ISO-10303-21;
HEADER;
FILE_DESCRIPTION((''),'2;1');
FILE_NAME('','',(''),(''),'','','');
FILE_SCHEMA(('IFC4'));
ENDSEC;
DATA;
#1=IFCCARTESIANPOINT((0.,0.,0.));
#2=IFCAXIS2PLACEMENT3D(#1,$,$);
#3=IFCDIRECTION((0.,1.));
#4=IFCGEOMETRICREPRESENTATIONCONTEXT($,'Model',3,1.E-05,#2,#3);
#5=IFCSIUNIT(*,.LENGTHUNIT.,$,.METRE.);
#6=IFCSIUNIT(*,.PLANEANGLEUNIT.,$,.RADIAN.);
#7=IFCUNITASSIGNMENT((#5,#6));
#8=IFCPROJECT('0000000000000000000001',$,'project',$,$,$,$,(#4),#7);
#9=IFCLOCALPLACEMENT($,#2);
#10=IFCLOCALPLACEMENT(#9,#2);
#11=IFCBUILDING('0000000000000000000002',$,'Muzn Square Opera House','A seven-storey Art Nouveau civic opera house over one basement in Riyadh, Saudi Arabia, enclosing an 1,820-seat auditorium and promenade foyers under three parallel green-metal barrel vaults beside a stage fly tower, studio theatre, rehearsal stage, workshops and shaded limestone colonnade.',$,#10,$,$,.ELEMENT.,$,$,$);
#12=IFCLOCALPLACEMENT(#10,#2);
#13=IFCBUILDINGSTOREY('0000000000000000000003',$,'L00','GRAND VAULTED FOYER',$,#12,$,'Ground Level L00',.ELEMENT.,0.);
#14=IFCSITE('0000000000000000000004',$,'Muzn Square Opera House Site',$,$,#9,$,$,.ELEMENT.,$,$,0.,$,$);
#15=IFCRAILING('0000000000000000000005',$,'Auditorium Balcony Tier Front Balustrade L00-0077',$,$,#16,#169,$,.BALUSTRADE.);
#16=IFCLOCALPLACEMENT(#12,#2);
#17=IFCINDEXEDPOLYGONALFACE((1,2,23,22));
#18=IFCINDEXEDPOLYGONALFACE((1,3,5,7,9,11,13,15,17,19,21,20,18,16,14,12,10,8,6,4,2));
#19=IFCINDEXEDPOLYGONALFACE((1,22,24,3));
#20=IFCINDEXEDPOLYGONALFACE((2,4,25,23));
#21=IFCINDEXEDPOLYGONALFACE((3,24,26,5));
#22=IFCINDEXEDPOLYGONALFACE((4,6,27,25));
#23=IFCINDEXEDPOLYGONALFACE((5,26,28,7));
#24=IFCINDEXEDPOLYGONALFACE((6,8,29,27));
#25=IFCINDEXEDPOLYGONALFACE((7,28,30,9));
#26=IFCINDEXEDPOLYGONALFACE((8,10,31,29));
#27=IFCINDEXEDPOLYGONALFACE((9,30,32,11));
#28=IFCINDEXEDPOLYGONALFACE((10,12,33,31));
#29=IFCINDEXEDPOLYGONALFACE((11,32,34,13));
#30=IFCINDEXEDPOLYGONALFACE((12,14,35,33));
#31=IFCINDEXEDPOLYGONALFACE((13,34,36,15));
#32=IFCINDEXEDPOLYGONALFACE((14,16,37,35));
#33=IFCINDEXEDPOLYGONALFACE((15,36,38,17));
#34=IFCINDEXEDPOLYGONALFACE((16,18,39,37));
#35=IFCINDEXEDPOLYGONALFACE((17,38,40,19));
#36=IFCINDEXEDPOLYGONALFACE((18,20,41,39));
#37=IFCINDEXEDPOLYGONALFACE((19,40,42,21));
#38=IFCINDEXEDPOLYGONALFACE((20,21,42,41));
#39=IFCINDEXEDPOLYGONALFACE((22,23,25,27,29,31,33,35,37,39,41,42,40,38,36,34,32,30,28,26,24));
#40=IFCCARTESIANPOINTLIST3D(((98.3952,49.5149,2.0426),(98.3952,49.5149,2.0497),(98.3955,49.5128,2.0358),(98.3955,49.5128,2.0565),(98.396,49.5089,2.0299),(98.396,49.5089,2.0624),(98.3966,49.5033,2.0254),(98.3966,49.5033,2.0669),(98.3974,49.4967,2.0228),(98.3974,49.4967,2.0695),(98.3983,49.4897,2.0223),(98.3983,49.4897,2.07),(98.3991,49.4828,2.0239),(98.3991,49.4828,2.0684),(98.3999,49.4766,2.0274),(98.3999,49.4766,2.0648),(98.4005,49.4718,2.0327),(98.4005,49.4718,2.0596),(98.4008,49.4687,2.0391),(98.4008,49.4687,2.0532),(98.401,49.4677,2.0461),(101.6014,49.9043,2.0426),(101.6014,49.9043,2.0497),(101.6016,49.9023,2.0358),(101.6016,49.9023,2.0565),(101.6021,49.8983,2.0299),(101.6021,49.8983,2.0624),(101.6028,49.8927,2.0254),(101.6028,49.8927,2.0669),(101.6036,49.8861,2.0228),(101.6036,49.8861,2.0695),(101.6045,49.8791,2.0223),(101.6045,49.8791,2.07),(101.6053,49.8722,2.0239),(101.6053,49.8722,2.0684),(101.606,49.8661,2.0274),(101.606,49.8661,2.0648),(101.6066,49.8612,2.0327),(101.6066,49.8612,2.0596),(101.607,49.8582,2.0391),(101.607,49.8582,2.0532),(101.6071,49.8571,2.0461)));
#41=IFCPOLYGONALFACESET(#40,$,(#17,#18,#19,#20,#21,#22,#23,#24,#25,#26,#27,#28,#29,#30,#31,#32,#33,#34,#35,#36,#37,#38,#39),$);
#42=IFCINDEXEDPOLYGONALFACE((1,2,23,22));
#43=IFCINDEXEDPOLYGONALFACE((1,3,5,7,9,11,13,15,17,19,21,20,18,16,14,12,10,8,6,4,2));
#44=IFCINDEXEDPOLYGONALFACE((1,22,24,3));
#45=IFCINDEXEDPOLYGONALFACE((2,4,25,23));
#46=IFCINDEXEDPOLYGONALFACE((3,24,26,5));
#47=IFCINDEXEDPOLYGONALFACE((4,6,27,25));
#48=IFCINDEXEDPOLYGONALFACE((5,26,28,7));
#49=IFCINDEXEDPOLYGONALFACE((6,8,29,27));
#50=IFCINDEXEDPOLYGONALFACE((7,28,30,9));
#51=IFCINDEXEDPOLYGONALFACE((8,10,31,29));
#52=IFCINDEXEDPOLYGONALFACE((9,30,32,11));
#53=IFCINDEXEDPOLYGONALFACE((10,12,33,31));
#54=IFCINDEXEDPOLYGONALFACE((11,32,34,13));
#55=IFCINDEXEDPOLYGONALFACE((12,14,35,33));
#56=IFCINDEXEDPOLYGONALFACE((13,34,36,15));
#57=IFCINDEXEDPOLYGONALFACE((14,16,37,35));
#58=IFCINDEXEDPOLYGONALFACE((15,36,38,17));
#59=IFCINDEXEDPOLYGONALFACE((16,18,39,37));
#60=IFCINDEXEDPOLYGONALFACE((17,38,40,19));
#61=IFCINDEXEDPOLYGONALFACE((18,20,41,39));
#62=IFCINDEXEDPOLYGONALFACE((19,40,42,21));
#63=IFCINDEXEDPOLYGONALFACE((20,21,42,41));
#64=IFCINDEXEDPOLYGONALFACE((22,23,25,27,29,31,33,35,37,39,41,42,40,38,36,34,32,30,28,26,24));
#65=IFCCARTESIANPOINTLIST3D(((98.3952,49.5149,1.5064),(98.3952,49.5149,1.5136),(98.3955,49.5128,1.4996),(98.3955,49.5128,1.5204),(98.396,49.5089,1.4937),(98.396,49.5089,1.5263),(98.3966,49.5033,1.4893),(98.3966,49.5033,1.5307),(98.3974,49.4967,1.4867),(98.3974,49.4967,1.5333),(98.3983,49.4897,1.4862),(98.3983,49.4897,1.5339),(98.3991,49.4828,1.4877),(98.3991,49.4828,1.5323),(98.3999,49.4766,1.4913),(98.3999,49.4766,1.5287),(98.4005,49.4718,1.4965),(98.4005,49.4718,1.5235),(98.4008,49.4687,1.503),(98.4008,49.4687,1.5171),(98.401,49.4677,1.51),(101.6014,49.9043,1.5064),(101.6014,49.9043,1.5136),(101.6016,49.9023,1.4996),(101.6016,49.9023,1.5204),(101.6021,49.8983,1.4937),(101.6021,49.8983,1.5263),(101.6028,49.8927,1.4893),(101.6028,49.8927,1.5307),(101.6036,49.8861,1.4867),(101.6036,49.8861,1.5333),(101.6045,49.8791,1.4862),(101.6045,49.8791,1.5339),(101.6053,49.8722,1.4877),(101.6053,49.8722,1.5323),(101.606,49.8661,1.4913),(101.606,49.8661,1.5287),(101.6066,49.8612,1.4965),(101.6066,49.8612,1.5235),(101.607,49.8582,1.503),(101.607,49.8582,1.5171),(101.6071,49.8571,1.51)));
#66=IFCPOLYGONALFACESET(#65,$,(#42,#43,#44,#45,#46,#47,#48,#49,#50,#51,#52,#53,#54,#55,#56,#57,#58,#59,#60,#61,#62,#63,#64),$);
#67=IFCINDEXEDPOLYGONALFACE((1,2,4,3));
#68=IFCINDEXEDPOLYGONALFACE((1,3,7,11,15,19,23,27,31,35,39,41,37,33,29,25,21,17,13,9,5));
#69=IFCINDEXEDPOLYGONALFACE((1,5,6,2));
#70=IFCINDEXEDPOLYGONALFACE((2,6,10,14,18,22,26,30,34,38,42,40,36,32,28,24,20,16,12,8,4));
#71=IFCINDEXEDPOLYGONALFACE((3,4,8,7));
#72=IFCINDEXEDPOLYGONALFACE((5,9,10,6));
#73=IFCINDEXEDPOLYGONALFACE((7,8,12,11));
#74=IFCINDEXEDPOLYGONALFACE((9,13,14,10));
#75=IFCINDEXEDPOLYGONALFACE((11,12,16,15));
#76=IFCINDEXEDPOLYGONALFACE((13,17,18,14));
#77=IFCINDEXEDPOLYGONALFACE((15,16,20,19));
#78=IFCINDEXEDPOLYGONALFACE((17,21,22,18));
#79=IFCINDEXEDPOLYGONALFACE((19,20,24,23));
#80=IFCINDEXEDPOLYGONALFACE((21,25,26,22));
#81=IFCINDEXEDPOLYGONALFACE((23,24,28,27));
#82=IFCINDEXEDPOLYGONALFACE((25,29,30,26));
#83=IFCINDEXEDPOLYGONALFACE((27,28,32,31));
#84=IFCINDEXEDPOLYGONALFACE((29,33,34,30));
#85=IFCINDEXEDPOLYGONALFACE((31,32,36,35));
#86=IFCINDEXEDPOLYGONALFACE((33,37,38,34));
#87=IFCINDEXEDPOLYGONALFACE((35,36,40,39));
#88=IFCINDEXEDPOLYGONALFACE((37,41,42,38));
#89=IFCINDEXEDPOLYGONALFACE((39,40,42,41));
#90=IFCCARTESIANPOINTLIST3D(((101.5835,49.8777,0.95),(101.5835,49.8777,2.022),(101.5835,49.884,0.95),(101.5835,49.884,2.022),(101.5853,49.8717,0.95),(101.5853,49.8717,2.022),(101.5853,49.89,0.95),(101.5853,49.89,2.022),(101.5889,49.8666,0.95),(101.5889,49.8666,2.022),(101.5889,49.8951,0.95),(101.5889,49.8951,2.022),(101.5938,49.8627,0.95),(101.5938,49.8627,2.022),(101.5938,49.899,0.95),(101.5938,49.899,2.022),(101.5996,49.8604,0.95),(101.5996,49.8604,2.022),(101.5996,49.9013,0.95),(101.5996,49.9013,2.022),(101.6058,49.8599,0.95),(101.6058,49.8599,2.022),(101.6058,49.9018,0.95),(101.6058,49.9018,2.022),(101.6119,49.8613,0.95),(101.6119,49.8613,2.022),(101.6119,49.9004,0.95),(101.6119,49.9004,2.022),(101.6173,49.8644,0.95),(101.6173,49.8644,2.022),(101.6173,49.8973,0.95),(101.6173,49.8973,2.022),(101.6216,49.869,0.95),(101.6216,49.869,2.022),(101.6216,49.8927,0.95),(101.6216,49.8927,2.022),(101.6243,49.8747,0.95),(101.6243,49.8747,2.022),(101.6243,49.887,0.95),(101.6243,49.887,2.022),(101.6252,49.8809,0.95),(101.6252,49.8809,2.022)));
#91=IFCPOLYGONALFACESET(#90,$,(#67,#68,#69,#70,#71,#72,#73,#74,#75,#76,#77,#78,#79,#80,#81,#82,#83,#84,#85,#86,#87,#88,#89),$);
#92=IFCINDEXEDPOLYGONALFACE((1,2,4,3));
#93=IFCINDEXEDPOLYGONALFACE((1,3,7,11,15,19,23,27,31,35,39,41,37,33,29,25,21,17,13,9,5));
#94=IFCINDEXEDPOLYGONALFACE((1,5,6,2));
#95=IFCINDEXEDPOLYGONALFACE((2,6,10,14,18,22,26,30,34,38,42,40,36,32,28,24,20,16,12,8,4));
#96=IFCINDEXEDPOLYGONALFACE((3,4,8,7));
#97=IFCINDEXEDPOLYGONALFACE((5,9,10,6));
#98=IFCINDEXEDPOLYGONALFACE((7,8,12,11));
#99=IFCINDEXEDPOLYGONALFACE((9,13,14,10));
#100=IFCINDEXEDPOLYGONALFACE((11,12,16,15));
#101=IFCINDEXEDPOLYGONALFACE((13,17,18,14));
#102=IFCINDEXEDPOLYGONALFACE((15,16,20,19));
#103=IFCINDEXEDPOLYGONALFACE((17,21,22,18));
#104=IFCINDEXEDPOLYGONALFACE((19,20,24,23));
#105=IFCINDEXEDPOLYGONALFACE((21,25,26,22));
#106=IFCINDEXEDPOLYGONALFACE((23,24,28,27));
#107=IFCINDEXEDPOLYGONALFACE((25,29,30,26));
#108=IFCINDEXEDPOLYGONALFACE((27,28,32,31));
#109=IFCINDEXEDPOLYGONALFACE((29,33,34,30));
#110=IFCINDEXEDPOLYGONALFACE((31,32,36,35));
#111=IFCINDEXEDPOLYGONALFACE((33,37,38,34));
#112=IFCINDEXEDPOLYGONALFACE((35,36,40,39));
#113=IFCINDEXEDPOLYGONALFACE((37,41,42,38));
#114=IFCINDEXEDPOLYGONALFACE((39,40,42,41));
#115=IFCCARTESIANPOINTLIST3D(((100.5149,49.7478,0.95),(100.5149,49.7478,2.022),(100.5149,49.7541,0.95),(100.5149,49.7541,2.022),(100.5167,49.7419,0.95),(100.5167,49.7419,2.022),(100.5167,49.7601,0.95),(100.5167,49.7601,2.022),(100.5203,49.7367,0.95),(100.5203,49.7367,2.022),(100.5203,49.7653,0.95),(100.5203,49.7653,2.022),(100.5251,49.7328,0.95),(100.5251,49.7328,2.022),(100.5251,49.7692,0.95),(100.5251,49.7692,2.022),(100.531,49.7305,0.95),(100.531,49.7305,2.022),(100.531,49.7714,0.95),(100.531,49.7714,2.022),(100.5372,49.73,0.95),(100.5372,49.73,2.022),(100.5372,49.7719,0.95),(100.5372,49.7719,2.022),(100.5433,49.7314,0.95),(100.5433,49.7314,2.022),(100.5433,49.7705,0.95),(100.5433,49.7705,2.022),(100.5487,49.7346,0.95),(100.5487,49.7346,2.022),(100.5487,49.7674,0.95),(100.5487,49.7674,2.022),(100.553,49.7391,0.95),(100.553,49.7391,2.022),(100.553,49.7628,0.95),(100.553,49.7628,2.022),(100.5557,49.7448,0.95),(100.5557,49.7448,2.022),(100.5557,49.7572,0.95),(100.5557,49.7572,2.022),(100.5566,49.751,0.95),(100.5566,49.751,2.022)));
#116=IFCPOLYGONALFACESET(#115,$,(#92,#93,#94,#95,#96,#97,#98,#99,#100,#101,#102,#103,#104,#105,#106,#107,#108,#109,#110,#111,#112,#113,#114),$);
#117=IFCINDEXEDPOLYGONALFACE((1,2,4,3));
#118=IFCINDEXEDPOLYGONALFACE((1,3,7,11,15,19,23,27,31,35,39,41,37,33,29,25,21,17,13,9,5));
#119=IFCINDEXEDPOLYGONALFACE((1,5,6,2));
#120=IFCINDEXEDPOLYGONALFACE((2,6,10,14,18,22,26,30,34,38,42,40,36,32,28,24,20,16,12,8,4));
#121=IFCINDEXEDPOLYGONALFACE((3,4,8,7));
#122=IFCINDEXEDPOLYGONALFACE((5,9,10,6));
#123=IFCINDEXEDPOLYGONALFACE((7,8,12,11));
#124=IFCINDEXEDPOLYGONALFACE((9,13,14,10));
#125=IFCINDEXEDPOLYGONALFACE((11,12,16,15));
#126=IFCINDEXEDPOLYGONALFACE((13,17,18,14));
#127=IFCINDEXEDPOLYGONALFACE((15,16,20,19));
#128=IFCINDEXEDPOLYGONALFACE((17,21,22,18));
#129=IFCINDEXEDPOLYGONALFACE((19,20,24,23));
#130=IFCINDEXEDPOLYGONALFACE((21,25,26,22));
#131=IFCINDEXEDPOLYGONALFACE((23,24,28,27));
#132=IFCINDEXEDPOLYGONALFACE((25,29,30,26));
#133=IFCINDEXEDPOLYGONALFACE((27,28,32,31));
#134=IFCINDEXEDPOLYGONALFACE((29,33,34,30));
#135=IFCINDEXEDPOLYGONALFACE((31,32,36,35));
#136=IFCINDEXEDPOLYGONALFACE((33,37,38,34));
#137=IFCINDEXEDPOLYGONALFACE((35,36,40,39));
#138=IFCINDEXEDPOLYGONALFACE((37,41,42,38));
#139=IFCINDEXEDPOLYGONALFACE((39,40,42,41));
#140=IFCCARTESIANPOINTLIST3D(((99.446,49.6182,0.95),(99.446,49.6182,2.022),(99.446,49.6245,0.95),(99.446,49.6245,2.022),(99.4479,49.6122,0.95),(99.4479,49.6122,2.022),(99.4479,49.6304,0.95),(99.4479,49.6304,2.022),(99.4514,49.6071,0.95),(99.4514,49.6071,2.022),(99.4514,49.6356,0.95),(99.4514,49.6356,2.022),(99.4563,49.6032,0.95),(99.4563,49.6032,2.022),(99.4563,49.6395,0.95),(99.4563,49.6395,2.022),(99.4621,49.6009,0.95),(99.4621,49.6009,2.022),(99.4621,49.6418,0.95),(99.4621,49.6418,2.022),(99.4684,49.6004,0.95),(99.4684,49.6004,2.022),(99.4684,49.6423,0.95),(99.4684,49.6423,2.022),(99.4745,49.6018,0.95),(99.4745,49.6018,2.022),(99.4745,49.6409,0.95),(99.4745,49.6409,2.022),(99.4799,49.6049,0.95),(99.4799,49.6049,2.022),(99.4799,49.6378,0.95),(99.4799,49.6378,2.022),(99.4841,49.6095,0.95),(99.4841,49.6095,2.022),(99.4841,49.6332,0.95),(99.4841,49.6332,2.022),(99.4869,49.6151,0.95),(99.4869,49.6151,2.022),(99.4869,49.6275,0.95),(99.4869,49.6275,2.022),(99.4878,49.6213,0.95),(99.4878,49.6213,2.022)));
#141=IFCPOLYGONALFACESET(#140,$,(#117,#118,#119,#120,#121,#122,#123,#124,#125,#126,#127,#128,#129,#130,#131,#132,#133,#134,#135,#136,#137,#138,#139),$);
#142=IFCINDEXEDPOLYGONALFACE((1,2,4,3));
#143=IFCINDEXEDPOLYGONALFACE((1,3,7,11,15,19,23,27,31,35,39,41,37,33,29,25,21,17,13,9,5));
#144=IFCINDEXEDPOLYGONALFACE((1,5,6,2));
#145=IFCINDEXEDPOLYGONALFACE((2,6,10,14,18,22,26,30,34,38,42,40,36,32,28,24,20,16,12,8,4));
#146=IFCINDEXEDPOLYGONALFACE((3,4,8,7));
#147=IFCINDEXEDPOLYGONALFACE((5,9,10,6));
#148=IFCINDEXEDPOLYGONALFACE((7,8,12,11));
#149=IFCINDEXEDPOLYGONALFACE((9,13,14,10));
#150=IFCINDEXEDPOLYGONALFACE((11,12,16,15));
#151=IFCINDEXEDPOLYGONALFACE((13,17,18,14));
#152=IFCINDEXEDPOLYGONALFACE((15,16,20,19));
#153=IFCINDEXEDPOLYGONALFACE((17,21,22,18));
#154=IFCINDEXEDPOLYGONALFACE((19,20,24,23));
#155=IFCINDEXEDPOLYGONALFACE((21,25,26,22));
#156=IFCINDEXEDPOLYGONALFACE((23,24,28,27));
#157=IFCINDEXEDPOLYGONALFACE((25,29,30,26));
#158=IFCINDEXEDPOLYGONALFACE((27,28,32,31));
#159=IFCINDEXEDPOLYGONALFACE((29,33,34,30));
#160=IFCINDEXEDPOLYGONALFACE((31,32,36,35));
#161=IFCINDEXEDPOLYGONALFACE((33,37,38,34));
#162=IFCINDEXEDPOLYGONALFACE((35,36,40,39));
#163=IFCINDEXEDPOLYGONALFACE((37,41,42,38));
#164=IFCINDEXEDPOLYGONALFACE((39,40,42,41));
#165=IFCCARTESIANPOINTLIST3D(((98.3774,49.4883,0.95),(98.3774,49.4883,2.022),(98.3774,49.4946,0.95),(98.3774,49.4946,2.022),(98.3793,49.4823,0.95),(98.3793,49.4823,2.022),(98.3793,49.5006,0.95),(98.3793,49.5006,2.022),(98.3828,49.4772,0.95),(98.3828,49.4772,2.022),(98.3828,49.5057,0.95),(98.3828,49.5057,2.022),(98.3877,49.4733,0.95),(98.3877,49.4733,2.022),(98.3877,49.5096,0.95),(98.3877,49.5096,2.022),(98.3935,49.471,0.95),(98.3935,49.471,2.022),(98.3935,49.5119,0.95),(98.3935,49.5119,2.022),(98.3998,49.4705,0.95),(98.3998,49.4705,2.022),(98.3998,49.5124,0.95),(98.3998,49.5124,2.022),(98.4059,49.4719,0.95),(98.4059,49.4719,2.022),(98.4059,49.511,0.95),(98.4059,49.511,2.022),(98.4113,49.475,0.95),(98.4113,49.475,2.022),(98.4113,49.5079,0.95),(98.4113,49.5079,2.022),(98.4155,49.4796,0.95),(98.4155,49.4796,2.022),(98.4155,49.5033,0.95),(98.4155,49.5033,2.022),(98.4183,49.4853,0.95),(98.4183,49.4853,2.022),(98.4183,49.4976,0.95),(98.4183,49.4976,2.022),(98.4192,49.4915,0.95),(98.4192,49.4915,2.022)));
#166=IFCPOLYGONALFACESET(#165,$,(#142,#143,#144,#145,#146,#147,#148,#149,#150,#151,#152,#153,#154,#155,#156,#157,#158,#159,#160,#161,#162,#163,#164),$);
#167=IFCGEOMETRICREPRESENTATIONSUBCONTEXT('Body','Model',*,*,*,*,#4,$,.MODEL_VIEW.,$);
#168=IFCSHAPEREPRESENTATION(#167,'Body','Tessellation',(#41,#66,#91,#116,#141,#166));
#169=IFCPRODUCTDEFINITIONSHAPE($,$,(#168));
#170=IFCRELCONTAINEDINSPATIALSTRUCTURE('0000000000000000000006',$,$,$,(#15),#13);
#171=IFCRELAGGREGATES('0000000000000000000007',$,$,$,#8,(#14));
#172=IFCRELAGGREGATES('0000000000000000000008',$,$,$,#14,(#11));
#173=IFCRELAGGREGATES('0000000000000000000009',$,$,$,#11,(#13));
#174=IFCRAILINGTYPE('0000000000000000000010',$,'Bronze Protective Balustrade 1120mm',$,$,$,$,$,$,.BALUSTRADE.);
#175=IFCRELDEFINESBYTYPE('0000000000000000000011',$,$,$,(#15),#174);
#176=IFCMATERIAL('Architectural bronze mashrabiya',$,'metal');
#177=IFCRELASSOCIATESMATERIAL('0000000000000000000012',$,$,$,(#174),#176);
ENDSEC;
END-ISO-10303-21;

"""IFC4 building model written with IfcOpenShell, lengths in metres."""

from ifc_helpers import new_model, si_unit, direction, frame, origin, origin_2d, place, context, subcontext, project, spatial, circle, extrude, material, type_object, element, save


model = new_model("IFC4")

# Units and contexts
model_context = context("Model", 3, precision=1e-05, world=origin(), true_north=direction((0.0, 1.0)))
body_context = subcontext(model_context, "Body", "Model", "MODEL_VIEW")
ifc_project = project(units=[si_unit("LENGTHUNIT", "METRE"), si_unit("PLANEANGLEUNIT", "RADIAN")], contexts=[model_context])

# Site, building, storey
site_placement = place(None, origin())
site = spatial("IfcSite", under=ifc_project, at=site_placement, Name="Muzn Square Opera House Site", CompositionType="ELEMENT", RefElevation=0.0)
building_placement = place(site_placement, origin())
building = spatial("IfcBuilding", under=site, at=building_placement, Name="Muzn Square Opera House", Description="A seven-storey Art Nouveau civic opera house over one basement in Riyadh, Saudi Arabia, enclosing an 1,820-seat auditorium and promenade foyers under three parallel green-metal barrel vaults beside a stage fly tower, studio theatre, rehearsal stage, workshops and shaded limestone colonnade.", CompositionType="ELEMENT")
storey_placement = place(building_placement, origin())
storey = spatial("IfcBuildingStorey", under=building, at=storey_placement, Name="L00", Description="GRAND VAULTED FOYER", LongName="Ground Level L00", CompositionType="ELEMENT", Elevation=0.0)

# Railing
ifc_material_1 = material(Name="Architectural bronze mashrabiya", Category="metal")
railing_type_1 = type_object("IfcRailingType", Name="Bronze Protective Balustrade 1120mm", PredefinedType="BALUSTRADE", material=ifc_material_1)
railing_1_placement = place(storey_placement, frame((101.6042, 49.8809, 0.95)))
element("IfcRailing", 1, at=railing_1_placement, inside=storey, type_object=railing_type_1, Name="Auditorium Balcony Tier Front Balustrade L00-0077", PredefinedType="BALUSTRADE", context=body_context, shape_type="SweptSolid", body=[
    extrude(circle(Radius=0.0239, at=origin_2d()), frame((0.0, 0.0, 1.0962), z_axis=(-0.992704, -0.120573, 0.0), x_axis=(0.120573, -0.992704, 0.0)), (0.0, 0.0, 1.0), 3.2297),
    extrude(circle(Radius=0.0239, at=origin_2d()), frame((0.0, 0.0, 0.5601), z_axis=(-0.992704, -0.120573, 0.0), x_axis=(0.120573, -0.992704, 0.0)), (0.0, 0.0, 1.0), 3.2297),
    extrude(circle(Radius=0.021, at=origin_2d()), origin(), (0.0, 0.0, 1.0), 1.072),
    extrude(circle(Radius=0.021, at=origin_2d()), frame((-1.0686, -0.1299, 0.0)), (0.0, 0.0, 1.0), 1.072),
    extrude(circle(Radius=0.021, at=origin_2d()), frame((-2.1375, -0.2595, 0.0)), (0.0, 0.0, 1.0), 1.072),
    extrude(circle(Radius=0.021, at=origin_2d()), frame((-3.2061, -0.3894, 0.0)), (0.0, 0.0, 1.0), 1.072),
])

save(model, "model.ifc")
